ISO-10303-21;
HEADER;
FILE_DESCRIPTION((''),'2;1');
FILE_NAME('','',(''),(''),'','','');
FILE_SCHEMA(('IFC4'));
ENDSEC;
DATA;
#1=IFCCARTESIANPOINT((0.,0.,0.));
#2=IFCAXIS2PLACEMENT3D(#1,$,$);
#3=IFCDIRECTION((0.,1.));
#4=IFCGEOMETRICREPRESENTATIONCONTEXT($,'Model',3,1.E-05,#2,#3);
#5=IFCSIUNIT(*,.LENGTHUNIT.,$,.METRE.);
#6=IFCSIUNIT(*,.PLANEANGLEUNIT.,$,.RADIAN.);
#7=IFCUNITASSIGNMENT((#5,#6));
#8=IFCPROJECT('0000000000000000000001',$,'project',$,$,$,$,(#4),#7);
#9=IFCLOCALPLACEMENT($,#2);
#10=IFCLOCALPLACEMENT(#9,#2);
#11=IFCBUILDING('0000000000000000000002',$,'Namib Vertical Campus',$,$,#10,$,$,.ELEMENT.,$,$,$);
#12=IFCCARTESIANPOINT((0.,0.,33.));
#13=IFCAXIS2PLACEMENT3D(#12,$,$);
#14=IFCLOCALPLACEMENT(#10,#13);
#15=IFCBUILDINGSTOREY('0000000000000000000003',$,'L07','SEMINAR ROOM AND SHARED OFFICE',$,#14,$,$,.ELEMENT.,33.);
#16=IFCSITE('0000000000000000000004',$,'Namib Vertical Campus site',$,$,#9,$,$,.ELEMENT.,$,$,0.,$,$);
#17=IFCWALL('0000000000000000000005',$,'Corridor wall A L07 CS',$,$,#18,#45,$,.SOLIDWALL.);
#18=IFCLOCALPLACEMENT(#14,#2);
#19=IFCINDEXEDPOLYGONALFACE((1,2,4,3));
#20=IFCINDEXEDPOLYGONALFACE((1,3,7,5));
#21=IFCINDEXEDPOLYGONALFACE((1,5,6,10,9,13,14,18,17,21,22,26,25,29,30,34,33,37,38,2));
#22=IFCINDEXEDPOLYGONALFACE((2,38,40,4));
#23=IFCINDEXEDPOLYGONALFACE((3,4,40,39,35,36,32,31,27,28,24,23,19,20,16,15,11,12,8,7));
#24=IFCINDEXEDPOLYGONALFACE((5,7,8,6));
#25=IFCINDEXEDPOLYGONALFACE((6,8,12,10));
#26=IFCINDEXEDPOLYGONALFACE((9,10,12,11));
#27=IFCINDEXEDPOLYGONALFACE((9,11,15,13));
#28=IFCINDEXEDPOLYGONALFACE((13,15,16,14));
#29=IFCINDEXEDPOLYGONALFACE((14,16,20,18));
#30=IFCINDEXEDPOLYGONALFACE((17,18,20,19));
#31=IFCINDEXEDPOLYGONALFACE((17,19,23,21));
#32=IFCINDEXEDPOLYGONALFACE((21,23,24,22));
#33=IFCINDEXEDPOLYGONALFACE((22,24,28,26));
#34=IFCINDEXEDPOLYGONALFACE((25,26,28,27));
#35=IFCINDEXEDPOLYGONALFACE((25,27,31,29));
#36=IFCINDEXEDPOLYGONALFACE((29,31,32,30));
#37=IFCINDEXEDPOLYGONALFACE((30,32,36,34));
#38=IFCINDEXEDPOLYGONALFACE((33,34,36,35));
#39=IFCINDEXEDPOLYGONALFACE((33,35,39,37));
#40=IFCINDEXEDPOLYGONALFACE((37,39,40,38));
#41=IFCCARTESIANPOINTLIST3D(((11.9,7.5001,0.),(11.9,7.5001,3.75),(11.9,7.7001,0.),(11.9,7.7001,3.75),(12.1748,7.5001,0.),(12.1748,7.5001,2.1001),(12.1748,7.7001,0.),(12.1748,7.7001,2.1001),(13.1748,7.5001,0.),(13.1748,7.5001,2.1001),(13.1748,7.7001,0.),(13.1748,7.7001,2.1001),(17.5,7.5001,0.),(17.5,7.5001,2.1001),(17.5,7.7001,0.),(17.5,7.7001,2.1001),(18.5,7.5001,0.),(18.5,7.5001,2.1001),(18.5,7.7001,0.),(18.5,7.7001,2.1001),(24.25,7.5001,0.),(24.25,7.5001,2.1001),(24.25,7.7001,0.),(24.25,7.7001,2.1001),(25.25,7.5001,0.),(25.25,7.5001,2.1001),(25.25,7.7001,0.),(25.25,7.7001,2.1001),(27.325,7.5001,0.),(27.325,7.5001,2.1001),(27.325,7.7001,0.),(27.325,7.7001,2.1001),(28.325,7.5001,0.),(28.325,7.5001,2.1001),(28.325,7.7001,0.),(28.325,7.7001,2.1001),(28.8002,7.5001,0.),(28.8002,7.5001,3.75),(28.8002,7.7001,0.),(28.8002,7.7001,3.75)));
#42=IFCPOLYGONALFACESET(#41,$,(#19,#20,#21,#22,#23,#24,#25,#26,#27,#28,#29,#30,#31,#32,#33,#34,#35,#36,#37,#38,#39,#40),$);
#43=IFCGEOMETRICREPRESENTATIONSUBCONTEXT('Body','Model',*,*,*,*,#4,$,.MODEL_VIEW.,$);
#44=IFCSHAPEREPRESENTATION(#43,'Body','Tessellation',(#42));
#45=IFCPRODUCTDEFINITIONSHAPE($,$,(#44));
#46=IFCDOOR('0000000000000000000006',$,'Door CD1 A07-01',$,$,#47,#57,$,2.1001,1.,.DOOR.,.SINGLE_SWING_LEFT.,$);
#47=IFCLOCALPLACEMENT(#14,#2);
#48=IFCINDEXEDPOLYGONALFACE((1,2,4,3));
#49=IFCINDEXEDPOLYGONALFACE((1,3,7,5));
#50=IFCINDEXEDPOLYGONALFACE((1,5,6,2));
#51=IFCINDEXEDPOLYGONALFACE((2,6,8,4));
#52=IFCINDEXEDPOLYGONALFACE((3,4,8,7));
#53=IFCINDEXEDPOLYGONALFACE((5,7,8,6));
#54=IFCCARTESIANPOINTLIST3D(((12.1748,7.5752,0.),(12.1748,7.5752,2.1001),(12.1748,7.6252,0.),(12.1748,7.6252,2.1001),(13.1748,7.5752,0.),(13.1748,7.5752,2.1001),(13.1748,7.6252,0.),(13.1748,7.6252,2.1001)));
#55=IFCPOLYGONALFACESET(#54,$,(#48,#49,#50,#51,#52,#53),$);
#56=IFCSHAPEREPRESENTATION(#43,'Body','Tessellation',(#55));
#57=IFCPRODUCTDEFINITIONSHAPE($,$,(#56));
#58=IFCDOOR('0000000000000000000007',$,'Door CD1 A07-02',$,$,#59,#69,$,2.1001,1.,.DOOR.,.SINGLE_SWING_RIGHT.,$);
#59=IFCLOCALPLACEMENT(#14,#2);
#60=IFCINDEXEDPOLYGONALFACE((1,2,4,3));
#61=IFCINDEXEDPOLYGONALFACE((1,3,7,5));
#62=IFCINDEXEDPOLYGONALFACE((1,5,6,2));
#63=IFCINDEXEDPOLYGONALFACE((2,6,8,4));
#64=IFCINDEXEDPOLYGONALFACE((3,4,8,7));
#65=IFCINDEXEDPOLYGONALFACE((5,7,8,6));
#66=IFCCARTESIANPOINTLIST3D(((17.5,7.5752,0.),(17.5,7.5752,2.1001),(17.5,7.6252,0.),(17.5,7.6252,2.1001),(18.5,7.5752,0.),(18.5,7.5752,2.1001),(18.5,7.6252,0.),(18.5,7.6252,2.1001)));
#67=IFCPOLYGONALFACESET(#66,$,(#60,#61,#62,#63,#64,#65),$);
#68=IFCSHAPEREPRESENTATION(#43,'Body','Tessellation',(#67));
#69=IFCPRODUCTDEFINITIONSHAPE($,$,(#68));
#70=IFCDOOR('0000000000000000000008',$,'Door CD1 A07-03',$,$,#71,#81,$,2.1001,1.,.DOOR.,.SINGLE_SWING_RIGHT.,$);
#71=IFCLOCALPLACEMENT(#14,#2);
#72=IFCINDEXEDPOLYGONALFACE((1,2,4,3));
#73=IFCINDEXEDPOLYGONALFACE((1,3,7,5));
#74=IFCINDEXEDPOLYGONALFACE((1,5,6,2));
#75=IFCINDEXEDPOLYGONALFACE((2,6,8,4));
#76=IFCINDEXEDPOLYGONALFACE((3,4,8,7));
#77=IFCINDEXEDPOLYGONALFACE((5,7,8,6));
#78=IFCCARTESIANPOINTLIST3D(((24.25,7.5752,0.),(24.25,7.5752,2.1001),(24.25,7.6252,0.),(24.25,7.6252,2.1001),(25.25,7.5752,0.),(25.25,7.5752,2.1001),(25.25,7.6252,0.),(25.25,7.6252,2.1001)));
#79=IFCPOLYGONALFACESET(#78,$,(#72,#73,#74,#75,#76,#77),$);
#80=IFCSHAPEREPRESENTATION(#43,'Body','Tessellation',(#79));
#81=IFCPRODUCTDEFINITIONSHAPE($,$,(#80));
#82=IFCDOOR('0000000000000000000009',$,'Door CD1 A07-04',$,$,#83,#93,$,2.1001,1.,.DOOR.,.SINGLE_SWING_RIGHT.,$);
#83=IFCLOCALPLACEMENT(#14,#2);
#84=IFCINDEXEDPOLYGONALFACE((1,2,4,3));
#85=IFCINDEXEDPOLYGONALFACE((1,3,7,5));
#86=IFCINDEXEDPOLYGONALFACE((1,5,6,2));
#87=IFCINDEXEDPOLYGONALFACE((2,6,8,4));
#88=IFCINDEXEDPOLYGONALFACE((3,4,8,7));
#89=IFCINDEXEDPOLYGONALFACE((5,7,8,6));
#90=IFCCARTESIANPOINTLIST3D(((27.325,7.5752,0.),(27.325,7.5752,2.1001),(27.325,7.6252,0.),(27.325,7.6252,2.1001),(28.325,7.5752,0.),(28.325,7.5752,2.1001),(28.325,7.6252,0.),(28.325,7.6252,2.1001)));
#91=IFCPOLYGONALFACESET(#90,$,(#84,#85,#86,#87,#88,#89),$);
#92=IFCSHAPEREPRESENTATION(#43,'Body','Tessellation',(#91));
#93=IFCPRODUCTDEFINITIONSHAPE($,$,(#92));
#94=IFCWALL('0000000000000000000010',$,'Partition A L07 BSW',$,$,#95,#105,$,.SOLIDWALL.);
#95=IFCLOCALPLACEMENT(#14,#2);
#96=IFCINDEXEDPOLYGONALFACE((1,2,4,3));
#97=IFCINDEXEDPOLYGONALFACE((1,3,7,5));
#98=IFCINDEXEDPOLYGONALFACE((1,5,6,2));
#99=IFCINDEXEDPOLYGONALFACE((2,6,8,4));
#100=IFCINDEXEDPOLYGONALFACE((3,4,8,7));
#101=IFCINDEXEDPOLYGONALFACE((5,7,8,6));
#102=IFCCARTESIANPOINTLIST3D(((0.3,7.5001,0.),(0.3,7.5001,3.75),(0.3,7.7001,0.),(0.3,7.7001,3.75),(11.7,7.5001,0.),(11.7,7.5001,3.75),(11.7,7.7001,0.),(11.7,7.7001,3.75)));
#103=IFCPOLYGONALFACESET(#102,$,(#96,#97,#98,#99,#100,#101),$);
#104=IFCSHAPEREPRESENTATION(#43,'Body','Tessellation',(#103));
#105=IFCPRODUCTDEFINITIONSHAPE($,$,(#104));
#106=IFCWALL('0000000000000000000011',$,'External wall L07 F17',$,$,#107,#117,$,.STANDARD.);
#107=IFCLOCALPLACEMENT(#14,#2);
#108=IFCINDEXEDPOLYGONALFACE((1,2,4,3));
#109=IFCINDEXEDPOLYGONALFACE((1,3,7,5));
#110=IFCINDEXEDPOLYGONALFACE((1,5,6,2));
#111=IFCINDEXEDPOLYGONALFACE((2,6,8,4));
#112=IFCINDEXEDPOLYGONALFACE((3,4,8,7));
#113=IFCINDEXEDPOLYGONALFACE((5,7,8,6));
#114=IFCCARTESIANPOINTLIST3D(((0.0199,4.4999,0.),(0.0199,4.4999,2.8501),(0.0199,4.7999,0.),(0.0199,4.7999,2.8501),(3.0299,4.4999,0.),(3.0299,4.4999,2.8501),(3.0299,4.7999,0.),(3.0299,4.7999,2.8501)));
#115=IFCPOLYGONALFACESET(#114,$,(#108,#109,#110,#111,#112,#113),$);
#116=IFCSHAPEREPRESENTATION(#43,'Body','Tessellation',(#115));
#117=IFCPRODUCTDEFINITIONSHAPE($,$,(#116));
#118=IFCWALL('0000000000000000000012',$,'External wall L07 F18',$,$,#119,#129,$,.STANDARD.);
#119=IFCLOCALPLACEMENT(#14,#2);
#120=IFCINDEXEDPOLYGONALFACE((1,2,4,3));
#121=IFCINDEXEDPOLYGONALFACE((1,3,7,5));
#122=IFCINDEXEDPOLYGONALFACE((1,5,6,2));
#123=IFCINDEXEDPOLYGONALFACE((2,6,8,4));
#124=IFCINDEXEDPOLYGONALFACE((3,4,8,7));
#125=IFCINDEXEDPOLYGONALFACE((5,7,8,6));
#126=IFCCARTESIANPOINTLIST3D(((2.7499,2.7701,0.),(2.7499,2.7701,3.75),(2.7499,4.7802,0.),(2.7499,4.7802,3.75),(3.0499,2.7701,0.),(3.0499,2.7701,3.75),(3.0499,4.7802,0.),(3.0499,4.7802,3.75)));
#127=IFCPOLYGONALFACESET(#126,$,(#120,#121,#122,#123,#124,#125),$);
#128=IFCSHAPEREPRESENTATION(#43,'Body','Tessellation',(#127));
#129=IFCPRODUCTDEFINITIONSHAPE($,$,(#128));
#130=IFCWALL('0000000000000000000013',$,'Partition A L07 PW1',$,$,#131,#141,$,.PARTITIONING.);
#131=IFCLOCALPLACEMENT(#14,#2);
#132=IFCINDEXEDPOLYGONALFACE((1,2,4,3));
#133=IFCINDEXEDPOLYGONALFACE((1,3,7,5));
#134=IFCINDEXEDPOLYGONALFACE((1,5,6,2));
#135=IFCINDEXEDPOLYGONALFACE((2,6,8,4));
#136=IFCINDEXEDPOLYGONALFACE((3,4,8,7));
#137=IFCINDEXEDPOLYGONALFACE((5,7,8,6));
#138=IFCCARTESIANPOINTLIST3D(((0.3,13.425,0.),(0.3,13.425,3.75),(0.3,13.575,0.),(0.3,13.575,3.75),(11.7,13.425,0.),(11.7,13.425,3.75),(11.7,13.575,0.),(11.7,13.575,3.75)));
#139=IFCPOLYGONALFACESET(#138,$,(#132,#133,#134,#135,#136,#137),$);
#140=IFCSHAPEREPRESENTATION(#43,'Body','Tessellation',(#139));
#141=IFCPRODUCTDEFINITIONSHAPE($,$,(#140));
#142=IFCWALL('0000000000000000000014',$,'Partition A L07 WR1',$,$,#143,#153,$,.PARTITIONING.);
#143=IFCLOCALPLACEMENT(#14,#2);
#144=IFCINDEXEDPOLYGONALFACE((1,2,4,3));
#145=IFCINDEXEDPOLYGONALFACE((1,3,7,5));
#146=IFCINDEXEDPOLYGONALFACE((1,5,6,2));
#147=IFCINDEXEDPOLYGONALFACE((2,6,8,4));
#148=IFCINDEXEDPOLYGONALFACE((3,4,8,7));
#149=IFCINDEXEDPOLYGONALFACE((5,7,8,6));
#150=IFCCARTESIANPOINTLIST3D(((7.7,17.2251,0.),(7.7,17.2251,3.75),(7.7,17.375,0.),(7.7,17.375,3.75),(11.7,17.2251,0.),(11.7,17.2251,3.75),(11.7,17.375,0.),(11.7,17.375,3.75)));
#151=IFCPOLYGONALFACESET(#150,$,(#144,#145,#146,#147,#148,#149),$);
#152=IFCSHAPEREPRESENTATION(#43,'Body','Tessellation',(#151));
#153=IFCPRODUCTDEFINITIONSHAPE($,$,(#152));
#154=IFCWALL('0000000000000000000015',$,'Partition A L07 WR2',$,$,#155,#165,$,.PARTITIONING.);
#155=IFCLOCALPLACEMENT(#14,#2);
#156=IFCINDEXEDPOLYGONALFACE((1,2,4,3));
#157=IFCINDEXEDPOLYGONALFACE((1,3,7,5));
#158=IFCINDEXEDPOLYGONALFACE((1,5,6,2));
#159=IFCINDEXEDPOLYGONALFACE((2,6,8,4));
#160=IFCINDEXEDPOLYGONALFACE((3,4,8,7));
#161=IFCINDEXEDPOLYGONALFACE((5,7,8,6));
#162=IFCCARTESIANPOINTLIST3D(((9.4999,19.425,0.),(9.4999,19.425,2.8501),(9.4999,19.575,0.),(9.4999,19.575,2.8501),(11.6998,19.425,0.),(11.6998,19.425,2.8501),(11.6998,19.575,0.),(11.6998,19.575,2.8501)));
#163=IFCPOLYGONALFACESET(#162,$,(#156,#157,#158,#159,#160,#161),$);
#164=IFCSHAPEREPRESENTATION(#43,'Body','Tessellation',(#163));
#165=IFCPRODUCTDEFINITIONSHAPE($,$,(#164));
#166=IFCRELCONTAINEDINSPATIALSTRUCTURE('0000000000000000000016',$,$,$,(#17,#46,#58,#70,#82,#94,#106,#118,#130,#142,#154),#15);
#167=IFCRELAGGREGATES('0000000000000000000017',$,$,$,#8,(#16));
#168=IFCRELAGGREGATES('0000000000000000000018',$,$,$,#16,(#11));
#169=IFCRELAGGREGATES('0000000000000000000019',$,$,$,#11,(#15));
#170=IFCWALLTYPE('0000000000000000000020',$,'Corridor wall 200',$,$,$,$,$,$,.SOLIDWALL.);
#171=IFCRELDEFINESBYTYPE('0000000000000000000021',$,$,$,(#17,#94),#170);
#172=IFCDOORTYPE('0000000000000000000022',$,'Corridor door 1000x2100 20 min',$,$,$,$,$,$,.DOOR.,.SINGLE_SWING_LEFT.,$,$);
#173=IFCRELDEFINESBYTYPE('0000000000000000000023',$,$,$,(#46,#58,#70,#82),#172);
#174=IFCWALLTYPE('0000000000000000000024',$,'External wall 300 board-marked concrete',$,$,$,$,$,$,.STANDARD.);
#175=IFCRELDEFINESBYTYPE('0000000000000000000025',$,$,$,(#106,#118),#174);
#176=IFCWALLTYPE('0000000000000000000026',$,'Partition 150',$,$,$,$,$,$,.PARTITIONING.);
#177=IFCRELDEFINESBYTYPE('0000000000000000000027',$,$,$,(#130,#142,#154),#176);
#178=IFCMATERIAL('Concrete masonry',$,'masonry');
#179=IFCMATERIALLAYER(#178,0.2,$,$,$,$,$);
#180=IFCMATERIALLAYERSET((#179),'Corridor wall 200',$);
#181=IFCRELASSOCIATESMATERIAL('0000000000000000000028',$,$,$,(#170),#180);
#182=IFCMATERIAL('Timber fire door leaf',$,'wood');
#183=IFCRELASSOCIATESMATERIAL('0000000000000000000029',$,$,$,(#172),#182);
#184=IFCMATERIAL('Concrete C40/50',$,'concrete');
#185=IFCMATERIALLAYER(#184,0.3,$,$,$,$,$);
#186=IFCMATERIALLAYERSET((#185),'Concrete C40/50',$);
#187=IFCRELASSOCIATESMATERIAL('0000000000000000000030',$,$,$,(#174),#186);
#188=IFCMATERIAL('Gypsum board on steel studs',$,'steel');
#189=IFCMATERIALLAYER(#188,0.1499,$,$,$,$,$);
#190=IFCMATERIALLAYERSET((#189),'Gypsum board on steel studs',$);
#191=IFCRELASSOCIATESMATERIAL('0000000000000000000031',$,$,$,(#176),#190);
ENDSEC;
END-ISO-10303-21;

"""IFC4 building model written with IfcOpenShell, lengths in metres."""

from ifc_helpers import new_model, si_unit, direction, frame, frame_2d, origin, place, context, subcontext, project, spatial, rectangle, extrude, material, layer, layer_set, type_object, element, fill, save


model = new_model("IFC4")

# Units and contexts
model_context = context("Model", 3, precision=1e-05, world=origin(), true_north=direction((0.0, 1.0)))
body_context = subcontext(model_context, "Body", "Model", "MODEL_VIEW")
ifc_project = project(units=[si_unit("LENGTHUNIT", "METRE"), si_unit("PLANEANGLEUNIT", "RADIAN")], contexts=[model_context])

# Site, building, storey
site_placement = place(None, origin())
site = spatial("IfcSite", under=ifc_project, at=site_placement, Name="Namib Vertical Campus site", CompositionType="ELEMENT", RefElevation=0.0)
building_placement = place(site_placement, origin())
building = spatial("IfcBuilding", under=site, at=building_placement, Name="Namib Vertical Campus", CompositionType="ELEMENT")
storey_placement = place(building_placement, frame((0.0, 0.0, 33.0)))
storey = spatial("IfcBuildingStorey", under=building, at=storey_placement, Name="L07", Description="SEMINAR ROOM AND SHARED OFFICE", CompositionType="ELEMENT", Elevation=33.0)

# Wall, openings, doors
ifc_material_1 = material(Name="Concrete masonry", Category="masonry")
ifc_layer_1 = layer(ifc_material_1, 0.2)
ifc_layer_set_1 = layer_set([ifc_layer_1], Name="Corridor wall 200")
wall_type_1 = type_object("IfcWallType", Name="Corridor wall 200", PredefinedType="SOLIDWALL", material=ifc_layer_set_1)
wall_1_placement = place(storey_placement, frame((11.8999, 7.6001, 0.0), z_axis=(0.0, 0.0, 1.0), x_axis=(1.0, 0.0, 0.0)))
wall_1 = element("IfcWall", 1, at=wall_1_placement, inside=storey, type_object=wall_type_1, Name="Corridor wall A L07 CS", PredefinedType="SOLIDWALL", context=body_context, shape_type="SweptSolid", body=[
    extrude(rectangle(XDim=16.9001, YDim=0.2, at=frame_2d((8.4502, 0.0))), origin(), (0.0, 0.0, 1.0), 3.75),
])
opening_1_placement = place(wall_1_placement, frame((0.2749, 0.0, 0.0)))
opening_1 = element("IfcOpeningElement", 2, at=opening_1_placement, cuts=wall_1, PredefinedType="OPENING", context=body_context, shape_type="SweptSolid", body=[
    extrude(rectangle(XDim=1.0, YDim=2.1001, at=frame_2d((0.5, 1.05))), frame((0.0, 0.1099, 0.0), z_axis=(0.0, -1.0, 0.0), x_axis=(1.0, 0.0, 0.0)), (0.0, 0.0, 1.0), 0.22),
])
opening_2_placement = place(wall_1_placement, frame((5.6001, 0.0, 0.0)))
opening_2 = element("IfcOpeningElement", 3, at=opening_2_placement, cuts=wall_1, PredefinedType="OPENING", context=body_context, shape_type="SweptSolid", body=[
    extrude(rectangle(XDim=1.0, YDim=2.1001, at=frame_2d((0.5, 1.05))), frame((0.0, 0.1099, 0.0), z_axis=(0.0, -1.0, 0.0), x_axis=(1.0, 0.0, 0.0)), (0.0, 0.0, 1.0), 0.22),
])
opening_3_placement = place(wall_1_placement, frame((12.3501, 0.0, 0.0)))
opening_3 = element("IfcOpeningElement", 4, at=opening_3_placement, cuts=wall_1, PredefinedType="OPENING", context=body_context, shape_type="SweptSolid", body=[
    extrude(rectangle(XDim=1.0, YDim=2.1001, at=frame_2d((0.5, 1.05))), frame((0.0, 0.1099, 0.0), z_axis=(0.0, -1.0, 0.0), x_axis=(1.0, 0.0, 0.0)), (0.0, 0.0, 1.0), 0.22),
])
opening_4_placement = place(wall_1_placement, frame((15.425, 0.0, 0.0)))
opening_4 = element("IfcOpeningElement", 5, at=opening_4_placement, cuts=wall_1, PredefinedType="OPENING", context=body_context, shape_type="SweptSolid", body=[
    extrude(rectangle(XDim=1.0, YDim=2.1001, at=frame_2d((0.5, 1.05))), frame((0.0, 0.1099, 0.0), z_axis=(0.0, -1.0, 0.0), x_axis=(1.0, 0.0, 0.0)), (0.0, 0.0, 1.0), 0.22),
])
ifc_material_2 = material(Name="Timber fire door leaf", Category="wood")
door_type = type_object("IfcDoorType", Name="Corridor door 1000x2100 20 min", OperationType="SINGLE_SWING_LEFT", PredefinedType="DOOR", material=ifc_material_2)
door_1_placement = place(opening_1_placement, frame((1.0, 0.0, 0.0), z_axis=(0.0, 0.0, 1.0), x_axis=(-1.0, 0.0, 0.0)))
door_1 = element("IfcDoor", 6, at=door_1_placement, inside=storey, type_object=door_type, Name="Door CD1 A07-01", OperationType="SINGLE_SWING_LEFT", OverallHeight=2.1001, OverallWidth=1.0, PredefinedType="DOOR", context=body_context, shape_type="SweptSolid", body=[
    extrude(rectangle(XDim=1.0, YDim=2.1001, at=frame_2d((0.5, 1.05))), frame((0.0, 0.0249, 0.0), z_axis=(0.0, -1.0, 0.0), x_axis=(1.0, 0.0, 0.0)), (0.0, 0.0, 1.0), 0.05),
])
fill(opening_1, door_1)
door_2_placement = place(opening_2_placement, frame((1.0, 0.0, 0.0), z_axis=(0.0, 0.0, 1.0), x_axis=(-1.0, 0.0, 0.0)))
door_2 = element("IfcDoor", 7, at=door_2_placement, inside=storey, type_object=door_type, Name="Door CD1 A07-02", OperationType="SINGLE_SWING_RIGHT", OverallHeight=2.1001, OverallWidth=1.0, PredefinedType="DOOR", context=body_context, shape_type="SweptSolid", body=[
    extrude(rectangle(XDim=1.0, YDim=2.1001, at=frame_2d((0.5, 1.05))), frame((0.0, 0.0249, 0.0), z_axis=(0.0, -1.0, 0.0), x_axis=(1.0, 0.0, 0.0)), (0.0, 0.0, 1.0), 0.05),
])
fill(opening_2, door_2)
door_3_placement = place(opening_3_placement, frame((1.0, 0.0, 0.0), z_axis=(0.0, 0.0, 1.0), x_axis=(-1.0, 0.0, 0.0)))
door_3 = element("IfcDoor", 8, at=door_3_placement, inside=storey, type_object=door_type, Name="Door CD1 A07-03", OperationType="SINGLE_SWING_RIGHT", OverallHeight=2.1001, OverallWidth=1.0, PredefinedType="DOOR", context=body_context, shape_type="SweptSolid", body=[
    extrude(rectangle(XDim=1.0, YDim=2.1001, at=frame_2d((0.5, 1.05))), frame((0.0, 0.0249, 0.0), z_axis=(0.0, -1.0, 0.0), x_axis=(1.0, 0.0, 0.0)), (0.0, 0.0, 1.0), 0.05),
])
fill(opening_3, door_3)
door_4_placement = place(opening_4_placement, frame((1.0, 0.0, 0.0), z_axis=(0.0, 0.0, 1.0), x_axis=(-1.0, 0.0, 0.0)))
door_4 = element("IfcDoor", 9, at=door_4_placement, inside=storey, type_object=door_type, Name="Door CD1 A07-04", OperationType="SINGLE_SWING_RIGHT", OverallHeight=2.1001, OverallWidth=1.0, PredefinedType="DOOR", context=body_context, shape_type="SweptSolid", body=[
    extrude(rectangle(XDim=1.0, YDim=2.1001, at=frame_2d((0.5, 1.05))), frame((0.0, 0.0249, 0.0), z_axis=(0.0, -1.0, 0.0), x_axis=(1.0, 0.0, 0.0)), (0.0, 0.0, 1.0), 0.05),
])
fill(opening_4, door_4)

# Walls
wall_2_placement = place(storey_placement, frame((0.3, 7.6001, 0.0), z_axis=(0.0, 0.0, 1.0), x_axis=(1.0, 0.0, 0.0)))
element("IfcWall", 10, at=wall_2_placement, inside=storey, type_object=wall_type_1, Name="Partition A L07 BSW", PredefinedType="SOLIDWALL", context=body_context, shape_type="SweptSolid", body=[
    extrude(rectangle(XDim=11.3999, YDim=0.2, at=frame_2d((5.7, 0.0))), origin(), (0.0, 0.0, 1.0), 3.75),
])
ifc_material_3 = material(Name="Concrete C40/50", Category="concrete")
ifc_layer_2 = layer(ifc_material_3, 0.3)
ifc_layer_set_2 = layer_set([ifc_layer_2], Name="Concrete C40/50")
wall_type_2 = type_object("IfcWallType", Name="External wall 300 board-marked concrete", PredefinedType="STANDARD", material=ifc_layer_set_2)
wall_3_placement = place(storey_placement, frame((0.02, 4.6499, 0.0), z_axis=(0.0, 0.0, 1.0), x_axis=(1.0, 0.0, 0.0)))
element("IfcWall", 11, at=wall_3_placement, inside=storey, type_object=wall_type_2, Name="External wall L07 F17", PredefinedType="STANDARD", context=body_context, shape_type="SweptSolid", body=[
    extrude(rectangle(XDim=3.01, YDim=0.3, at=frame_2d((1.5049, 0.0))), origin(), (0.0, 0.0, 1.0), 2.8501),
])
wall_4_placement = place(storey_placement, frame((2.8999, 4.78, 0.0), z_axis=(0.0, 0.0, 1.0), x_axis=(0.0, -1.0, 0.0)))
element("IfcWall", 12, at=wall_4_placement, inside=storey, type_object=wall_type_2, Name="External wall L07 F18", PredefinedType="STANDARD", context=body_context, shape_type="SweptSolid", body=[
    extrude(rectangle(XDim=2.01, YDim=0.3, at=frame_2d((1.0049, 0.0))), origin(), (0.0, 0.0, 1.0), 3.75),
])
ifc_material_4 = material(Name="Gypsum board on steel studs", Category="steel")
ifc_layer_3 = layer(ifc_material_4, 0.1499)
ifc_layer_set_3 = layer_set([ifc_layer_3], Name="Gypsum board on steel studs")
wall_type_3 = type_object("IfcWallType", Name="Partition 150", PredefinedType="PARTITIONING", material=ifc_layer_set_3)
wall_5_placement = place(storey_placement, frame((0.3, 13.5, 0.0), z_axis=(0.0, 0.0, 1.0), x_axis=(1.0, 0.0, 0.0)))
element("IfcWall", 13, at=wall_5_placement, inside=storey, type_object=wall_type_3, Name="Partition A L07 PW1", PredefinedType="PARTITIONING", context=body_context, shape_type="SweptSolid", body=[
    extrude(rectangle(XDim=11.3999, YDim=0.1499, at=frame_2d((5.7, 0.0))), origin(), (0.0, 0.0, 1.0), 3.75),
])
wall_6_placement = place(storey_placement, frame((11.7, 17.3, 0.0), z_axis=(0.0, 0.0, 1.0), x_axis=(-1.0, 0.0, 0.0)))
element("IfcWall", 14, at=wall_6_placement, inside=storey, type_object=wall_type_3, Name="Partition A L07 WR1", PredefinedType="PARTITIONING", context=body_context, shape_type="SweptSolid", body=[
    extrude(rectangle(XDim=4.0, YDim=0.1499, at=frame_2d((2.0, 0.0))), origin(), (0.0, 0.0, 1.0), 3.75),
])
wall_7_placement = place(storey_placement, frame((11.7, 19.5, 0.0), z_axis=(0.0, 0.0, 1.0), x_axis=(-1.0, 0.0, 0.0)))
element("IfcWall", 15, at=wall_7_placement, inside=storey, type_object=wall_type_3, Name="Partition A L07 WR2", PredefinedType="PARTITIONING", context=body_context, shape_type="SweptSolid", body=[
    extrude(rectangle(XDim=2.2, YDim=0.1499, at=frame_2d((1.1001, 0.0))), origin(), (0.0, 0.0, 1.0), 2.8501),
])

save(model, "model.ifc")
